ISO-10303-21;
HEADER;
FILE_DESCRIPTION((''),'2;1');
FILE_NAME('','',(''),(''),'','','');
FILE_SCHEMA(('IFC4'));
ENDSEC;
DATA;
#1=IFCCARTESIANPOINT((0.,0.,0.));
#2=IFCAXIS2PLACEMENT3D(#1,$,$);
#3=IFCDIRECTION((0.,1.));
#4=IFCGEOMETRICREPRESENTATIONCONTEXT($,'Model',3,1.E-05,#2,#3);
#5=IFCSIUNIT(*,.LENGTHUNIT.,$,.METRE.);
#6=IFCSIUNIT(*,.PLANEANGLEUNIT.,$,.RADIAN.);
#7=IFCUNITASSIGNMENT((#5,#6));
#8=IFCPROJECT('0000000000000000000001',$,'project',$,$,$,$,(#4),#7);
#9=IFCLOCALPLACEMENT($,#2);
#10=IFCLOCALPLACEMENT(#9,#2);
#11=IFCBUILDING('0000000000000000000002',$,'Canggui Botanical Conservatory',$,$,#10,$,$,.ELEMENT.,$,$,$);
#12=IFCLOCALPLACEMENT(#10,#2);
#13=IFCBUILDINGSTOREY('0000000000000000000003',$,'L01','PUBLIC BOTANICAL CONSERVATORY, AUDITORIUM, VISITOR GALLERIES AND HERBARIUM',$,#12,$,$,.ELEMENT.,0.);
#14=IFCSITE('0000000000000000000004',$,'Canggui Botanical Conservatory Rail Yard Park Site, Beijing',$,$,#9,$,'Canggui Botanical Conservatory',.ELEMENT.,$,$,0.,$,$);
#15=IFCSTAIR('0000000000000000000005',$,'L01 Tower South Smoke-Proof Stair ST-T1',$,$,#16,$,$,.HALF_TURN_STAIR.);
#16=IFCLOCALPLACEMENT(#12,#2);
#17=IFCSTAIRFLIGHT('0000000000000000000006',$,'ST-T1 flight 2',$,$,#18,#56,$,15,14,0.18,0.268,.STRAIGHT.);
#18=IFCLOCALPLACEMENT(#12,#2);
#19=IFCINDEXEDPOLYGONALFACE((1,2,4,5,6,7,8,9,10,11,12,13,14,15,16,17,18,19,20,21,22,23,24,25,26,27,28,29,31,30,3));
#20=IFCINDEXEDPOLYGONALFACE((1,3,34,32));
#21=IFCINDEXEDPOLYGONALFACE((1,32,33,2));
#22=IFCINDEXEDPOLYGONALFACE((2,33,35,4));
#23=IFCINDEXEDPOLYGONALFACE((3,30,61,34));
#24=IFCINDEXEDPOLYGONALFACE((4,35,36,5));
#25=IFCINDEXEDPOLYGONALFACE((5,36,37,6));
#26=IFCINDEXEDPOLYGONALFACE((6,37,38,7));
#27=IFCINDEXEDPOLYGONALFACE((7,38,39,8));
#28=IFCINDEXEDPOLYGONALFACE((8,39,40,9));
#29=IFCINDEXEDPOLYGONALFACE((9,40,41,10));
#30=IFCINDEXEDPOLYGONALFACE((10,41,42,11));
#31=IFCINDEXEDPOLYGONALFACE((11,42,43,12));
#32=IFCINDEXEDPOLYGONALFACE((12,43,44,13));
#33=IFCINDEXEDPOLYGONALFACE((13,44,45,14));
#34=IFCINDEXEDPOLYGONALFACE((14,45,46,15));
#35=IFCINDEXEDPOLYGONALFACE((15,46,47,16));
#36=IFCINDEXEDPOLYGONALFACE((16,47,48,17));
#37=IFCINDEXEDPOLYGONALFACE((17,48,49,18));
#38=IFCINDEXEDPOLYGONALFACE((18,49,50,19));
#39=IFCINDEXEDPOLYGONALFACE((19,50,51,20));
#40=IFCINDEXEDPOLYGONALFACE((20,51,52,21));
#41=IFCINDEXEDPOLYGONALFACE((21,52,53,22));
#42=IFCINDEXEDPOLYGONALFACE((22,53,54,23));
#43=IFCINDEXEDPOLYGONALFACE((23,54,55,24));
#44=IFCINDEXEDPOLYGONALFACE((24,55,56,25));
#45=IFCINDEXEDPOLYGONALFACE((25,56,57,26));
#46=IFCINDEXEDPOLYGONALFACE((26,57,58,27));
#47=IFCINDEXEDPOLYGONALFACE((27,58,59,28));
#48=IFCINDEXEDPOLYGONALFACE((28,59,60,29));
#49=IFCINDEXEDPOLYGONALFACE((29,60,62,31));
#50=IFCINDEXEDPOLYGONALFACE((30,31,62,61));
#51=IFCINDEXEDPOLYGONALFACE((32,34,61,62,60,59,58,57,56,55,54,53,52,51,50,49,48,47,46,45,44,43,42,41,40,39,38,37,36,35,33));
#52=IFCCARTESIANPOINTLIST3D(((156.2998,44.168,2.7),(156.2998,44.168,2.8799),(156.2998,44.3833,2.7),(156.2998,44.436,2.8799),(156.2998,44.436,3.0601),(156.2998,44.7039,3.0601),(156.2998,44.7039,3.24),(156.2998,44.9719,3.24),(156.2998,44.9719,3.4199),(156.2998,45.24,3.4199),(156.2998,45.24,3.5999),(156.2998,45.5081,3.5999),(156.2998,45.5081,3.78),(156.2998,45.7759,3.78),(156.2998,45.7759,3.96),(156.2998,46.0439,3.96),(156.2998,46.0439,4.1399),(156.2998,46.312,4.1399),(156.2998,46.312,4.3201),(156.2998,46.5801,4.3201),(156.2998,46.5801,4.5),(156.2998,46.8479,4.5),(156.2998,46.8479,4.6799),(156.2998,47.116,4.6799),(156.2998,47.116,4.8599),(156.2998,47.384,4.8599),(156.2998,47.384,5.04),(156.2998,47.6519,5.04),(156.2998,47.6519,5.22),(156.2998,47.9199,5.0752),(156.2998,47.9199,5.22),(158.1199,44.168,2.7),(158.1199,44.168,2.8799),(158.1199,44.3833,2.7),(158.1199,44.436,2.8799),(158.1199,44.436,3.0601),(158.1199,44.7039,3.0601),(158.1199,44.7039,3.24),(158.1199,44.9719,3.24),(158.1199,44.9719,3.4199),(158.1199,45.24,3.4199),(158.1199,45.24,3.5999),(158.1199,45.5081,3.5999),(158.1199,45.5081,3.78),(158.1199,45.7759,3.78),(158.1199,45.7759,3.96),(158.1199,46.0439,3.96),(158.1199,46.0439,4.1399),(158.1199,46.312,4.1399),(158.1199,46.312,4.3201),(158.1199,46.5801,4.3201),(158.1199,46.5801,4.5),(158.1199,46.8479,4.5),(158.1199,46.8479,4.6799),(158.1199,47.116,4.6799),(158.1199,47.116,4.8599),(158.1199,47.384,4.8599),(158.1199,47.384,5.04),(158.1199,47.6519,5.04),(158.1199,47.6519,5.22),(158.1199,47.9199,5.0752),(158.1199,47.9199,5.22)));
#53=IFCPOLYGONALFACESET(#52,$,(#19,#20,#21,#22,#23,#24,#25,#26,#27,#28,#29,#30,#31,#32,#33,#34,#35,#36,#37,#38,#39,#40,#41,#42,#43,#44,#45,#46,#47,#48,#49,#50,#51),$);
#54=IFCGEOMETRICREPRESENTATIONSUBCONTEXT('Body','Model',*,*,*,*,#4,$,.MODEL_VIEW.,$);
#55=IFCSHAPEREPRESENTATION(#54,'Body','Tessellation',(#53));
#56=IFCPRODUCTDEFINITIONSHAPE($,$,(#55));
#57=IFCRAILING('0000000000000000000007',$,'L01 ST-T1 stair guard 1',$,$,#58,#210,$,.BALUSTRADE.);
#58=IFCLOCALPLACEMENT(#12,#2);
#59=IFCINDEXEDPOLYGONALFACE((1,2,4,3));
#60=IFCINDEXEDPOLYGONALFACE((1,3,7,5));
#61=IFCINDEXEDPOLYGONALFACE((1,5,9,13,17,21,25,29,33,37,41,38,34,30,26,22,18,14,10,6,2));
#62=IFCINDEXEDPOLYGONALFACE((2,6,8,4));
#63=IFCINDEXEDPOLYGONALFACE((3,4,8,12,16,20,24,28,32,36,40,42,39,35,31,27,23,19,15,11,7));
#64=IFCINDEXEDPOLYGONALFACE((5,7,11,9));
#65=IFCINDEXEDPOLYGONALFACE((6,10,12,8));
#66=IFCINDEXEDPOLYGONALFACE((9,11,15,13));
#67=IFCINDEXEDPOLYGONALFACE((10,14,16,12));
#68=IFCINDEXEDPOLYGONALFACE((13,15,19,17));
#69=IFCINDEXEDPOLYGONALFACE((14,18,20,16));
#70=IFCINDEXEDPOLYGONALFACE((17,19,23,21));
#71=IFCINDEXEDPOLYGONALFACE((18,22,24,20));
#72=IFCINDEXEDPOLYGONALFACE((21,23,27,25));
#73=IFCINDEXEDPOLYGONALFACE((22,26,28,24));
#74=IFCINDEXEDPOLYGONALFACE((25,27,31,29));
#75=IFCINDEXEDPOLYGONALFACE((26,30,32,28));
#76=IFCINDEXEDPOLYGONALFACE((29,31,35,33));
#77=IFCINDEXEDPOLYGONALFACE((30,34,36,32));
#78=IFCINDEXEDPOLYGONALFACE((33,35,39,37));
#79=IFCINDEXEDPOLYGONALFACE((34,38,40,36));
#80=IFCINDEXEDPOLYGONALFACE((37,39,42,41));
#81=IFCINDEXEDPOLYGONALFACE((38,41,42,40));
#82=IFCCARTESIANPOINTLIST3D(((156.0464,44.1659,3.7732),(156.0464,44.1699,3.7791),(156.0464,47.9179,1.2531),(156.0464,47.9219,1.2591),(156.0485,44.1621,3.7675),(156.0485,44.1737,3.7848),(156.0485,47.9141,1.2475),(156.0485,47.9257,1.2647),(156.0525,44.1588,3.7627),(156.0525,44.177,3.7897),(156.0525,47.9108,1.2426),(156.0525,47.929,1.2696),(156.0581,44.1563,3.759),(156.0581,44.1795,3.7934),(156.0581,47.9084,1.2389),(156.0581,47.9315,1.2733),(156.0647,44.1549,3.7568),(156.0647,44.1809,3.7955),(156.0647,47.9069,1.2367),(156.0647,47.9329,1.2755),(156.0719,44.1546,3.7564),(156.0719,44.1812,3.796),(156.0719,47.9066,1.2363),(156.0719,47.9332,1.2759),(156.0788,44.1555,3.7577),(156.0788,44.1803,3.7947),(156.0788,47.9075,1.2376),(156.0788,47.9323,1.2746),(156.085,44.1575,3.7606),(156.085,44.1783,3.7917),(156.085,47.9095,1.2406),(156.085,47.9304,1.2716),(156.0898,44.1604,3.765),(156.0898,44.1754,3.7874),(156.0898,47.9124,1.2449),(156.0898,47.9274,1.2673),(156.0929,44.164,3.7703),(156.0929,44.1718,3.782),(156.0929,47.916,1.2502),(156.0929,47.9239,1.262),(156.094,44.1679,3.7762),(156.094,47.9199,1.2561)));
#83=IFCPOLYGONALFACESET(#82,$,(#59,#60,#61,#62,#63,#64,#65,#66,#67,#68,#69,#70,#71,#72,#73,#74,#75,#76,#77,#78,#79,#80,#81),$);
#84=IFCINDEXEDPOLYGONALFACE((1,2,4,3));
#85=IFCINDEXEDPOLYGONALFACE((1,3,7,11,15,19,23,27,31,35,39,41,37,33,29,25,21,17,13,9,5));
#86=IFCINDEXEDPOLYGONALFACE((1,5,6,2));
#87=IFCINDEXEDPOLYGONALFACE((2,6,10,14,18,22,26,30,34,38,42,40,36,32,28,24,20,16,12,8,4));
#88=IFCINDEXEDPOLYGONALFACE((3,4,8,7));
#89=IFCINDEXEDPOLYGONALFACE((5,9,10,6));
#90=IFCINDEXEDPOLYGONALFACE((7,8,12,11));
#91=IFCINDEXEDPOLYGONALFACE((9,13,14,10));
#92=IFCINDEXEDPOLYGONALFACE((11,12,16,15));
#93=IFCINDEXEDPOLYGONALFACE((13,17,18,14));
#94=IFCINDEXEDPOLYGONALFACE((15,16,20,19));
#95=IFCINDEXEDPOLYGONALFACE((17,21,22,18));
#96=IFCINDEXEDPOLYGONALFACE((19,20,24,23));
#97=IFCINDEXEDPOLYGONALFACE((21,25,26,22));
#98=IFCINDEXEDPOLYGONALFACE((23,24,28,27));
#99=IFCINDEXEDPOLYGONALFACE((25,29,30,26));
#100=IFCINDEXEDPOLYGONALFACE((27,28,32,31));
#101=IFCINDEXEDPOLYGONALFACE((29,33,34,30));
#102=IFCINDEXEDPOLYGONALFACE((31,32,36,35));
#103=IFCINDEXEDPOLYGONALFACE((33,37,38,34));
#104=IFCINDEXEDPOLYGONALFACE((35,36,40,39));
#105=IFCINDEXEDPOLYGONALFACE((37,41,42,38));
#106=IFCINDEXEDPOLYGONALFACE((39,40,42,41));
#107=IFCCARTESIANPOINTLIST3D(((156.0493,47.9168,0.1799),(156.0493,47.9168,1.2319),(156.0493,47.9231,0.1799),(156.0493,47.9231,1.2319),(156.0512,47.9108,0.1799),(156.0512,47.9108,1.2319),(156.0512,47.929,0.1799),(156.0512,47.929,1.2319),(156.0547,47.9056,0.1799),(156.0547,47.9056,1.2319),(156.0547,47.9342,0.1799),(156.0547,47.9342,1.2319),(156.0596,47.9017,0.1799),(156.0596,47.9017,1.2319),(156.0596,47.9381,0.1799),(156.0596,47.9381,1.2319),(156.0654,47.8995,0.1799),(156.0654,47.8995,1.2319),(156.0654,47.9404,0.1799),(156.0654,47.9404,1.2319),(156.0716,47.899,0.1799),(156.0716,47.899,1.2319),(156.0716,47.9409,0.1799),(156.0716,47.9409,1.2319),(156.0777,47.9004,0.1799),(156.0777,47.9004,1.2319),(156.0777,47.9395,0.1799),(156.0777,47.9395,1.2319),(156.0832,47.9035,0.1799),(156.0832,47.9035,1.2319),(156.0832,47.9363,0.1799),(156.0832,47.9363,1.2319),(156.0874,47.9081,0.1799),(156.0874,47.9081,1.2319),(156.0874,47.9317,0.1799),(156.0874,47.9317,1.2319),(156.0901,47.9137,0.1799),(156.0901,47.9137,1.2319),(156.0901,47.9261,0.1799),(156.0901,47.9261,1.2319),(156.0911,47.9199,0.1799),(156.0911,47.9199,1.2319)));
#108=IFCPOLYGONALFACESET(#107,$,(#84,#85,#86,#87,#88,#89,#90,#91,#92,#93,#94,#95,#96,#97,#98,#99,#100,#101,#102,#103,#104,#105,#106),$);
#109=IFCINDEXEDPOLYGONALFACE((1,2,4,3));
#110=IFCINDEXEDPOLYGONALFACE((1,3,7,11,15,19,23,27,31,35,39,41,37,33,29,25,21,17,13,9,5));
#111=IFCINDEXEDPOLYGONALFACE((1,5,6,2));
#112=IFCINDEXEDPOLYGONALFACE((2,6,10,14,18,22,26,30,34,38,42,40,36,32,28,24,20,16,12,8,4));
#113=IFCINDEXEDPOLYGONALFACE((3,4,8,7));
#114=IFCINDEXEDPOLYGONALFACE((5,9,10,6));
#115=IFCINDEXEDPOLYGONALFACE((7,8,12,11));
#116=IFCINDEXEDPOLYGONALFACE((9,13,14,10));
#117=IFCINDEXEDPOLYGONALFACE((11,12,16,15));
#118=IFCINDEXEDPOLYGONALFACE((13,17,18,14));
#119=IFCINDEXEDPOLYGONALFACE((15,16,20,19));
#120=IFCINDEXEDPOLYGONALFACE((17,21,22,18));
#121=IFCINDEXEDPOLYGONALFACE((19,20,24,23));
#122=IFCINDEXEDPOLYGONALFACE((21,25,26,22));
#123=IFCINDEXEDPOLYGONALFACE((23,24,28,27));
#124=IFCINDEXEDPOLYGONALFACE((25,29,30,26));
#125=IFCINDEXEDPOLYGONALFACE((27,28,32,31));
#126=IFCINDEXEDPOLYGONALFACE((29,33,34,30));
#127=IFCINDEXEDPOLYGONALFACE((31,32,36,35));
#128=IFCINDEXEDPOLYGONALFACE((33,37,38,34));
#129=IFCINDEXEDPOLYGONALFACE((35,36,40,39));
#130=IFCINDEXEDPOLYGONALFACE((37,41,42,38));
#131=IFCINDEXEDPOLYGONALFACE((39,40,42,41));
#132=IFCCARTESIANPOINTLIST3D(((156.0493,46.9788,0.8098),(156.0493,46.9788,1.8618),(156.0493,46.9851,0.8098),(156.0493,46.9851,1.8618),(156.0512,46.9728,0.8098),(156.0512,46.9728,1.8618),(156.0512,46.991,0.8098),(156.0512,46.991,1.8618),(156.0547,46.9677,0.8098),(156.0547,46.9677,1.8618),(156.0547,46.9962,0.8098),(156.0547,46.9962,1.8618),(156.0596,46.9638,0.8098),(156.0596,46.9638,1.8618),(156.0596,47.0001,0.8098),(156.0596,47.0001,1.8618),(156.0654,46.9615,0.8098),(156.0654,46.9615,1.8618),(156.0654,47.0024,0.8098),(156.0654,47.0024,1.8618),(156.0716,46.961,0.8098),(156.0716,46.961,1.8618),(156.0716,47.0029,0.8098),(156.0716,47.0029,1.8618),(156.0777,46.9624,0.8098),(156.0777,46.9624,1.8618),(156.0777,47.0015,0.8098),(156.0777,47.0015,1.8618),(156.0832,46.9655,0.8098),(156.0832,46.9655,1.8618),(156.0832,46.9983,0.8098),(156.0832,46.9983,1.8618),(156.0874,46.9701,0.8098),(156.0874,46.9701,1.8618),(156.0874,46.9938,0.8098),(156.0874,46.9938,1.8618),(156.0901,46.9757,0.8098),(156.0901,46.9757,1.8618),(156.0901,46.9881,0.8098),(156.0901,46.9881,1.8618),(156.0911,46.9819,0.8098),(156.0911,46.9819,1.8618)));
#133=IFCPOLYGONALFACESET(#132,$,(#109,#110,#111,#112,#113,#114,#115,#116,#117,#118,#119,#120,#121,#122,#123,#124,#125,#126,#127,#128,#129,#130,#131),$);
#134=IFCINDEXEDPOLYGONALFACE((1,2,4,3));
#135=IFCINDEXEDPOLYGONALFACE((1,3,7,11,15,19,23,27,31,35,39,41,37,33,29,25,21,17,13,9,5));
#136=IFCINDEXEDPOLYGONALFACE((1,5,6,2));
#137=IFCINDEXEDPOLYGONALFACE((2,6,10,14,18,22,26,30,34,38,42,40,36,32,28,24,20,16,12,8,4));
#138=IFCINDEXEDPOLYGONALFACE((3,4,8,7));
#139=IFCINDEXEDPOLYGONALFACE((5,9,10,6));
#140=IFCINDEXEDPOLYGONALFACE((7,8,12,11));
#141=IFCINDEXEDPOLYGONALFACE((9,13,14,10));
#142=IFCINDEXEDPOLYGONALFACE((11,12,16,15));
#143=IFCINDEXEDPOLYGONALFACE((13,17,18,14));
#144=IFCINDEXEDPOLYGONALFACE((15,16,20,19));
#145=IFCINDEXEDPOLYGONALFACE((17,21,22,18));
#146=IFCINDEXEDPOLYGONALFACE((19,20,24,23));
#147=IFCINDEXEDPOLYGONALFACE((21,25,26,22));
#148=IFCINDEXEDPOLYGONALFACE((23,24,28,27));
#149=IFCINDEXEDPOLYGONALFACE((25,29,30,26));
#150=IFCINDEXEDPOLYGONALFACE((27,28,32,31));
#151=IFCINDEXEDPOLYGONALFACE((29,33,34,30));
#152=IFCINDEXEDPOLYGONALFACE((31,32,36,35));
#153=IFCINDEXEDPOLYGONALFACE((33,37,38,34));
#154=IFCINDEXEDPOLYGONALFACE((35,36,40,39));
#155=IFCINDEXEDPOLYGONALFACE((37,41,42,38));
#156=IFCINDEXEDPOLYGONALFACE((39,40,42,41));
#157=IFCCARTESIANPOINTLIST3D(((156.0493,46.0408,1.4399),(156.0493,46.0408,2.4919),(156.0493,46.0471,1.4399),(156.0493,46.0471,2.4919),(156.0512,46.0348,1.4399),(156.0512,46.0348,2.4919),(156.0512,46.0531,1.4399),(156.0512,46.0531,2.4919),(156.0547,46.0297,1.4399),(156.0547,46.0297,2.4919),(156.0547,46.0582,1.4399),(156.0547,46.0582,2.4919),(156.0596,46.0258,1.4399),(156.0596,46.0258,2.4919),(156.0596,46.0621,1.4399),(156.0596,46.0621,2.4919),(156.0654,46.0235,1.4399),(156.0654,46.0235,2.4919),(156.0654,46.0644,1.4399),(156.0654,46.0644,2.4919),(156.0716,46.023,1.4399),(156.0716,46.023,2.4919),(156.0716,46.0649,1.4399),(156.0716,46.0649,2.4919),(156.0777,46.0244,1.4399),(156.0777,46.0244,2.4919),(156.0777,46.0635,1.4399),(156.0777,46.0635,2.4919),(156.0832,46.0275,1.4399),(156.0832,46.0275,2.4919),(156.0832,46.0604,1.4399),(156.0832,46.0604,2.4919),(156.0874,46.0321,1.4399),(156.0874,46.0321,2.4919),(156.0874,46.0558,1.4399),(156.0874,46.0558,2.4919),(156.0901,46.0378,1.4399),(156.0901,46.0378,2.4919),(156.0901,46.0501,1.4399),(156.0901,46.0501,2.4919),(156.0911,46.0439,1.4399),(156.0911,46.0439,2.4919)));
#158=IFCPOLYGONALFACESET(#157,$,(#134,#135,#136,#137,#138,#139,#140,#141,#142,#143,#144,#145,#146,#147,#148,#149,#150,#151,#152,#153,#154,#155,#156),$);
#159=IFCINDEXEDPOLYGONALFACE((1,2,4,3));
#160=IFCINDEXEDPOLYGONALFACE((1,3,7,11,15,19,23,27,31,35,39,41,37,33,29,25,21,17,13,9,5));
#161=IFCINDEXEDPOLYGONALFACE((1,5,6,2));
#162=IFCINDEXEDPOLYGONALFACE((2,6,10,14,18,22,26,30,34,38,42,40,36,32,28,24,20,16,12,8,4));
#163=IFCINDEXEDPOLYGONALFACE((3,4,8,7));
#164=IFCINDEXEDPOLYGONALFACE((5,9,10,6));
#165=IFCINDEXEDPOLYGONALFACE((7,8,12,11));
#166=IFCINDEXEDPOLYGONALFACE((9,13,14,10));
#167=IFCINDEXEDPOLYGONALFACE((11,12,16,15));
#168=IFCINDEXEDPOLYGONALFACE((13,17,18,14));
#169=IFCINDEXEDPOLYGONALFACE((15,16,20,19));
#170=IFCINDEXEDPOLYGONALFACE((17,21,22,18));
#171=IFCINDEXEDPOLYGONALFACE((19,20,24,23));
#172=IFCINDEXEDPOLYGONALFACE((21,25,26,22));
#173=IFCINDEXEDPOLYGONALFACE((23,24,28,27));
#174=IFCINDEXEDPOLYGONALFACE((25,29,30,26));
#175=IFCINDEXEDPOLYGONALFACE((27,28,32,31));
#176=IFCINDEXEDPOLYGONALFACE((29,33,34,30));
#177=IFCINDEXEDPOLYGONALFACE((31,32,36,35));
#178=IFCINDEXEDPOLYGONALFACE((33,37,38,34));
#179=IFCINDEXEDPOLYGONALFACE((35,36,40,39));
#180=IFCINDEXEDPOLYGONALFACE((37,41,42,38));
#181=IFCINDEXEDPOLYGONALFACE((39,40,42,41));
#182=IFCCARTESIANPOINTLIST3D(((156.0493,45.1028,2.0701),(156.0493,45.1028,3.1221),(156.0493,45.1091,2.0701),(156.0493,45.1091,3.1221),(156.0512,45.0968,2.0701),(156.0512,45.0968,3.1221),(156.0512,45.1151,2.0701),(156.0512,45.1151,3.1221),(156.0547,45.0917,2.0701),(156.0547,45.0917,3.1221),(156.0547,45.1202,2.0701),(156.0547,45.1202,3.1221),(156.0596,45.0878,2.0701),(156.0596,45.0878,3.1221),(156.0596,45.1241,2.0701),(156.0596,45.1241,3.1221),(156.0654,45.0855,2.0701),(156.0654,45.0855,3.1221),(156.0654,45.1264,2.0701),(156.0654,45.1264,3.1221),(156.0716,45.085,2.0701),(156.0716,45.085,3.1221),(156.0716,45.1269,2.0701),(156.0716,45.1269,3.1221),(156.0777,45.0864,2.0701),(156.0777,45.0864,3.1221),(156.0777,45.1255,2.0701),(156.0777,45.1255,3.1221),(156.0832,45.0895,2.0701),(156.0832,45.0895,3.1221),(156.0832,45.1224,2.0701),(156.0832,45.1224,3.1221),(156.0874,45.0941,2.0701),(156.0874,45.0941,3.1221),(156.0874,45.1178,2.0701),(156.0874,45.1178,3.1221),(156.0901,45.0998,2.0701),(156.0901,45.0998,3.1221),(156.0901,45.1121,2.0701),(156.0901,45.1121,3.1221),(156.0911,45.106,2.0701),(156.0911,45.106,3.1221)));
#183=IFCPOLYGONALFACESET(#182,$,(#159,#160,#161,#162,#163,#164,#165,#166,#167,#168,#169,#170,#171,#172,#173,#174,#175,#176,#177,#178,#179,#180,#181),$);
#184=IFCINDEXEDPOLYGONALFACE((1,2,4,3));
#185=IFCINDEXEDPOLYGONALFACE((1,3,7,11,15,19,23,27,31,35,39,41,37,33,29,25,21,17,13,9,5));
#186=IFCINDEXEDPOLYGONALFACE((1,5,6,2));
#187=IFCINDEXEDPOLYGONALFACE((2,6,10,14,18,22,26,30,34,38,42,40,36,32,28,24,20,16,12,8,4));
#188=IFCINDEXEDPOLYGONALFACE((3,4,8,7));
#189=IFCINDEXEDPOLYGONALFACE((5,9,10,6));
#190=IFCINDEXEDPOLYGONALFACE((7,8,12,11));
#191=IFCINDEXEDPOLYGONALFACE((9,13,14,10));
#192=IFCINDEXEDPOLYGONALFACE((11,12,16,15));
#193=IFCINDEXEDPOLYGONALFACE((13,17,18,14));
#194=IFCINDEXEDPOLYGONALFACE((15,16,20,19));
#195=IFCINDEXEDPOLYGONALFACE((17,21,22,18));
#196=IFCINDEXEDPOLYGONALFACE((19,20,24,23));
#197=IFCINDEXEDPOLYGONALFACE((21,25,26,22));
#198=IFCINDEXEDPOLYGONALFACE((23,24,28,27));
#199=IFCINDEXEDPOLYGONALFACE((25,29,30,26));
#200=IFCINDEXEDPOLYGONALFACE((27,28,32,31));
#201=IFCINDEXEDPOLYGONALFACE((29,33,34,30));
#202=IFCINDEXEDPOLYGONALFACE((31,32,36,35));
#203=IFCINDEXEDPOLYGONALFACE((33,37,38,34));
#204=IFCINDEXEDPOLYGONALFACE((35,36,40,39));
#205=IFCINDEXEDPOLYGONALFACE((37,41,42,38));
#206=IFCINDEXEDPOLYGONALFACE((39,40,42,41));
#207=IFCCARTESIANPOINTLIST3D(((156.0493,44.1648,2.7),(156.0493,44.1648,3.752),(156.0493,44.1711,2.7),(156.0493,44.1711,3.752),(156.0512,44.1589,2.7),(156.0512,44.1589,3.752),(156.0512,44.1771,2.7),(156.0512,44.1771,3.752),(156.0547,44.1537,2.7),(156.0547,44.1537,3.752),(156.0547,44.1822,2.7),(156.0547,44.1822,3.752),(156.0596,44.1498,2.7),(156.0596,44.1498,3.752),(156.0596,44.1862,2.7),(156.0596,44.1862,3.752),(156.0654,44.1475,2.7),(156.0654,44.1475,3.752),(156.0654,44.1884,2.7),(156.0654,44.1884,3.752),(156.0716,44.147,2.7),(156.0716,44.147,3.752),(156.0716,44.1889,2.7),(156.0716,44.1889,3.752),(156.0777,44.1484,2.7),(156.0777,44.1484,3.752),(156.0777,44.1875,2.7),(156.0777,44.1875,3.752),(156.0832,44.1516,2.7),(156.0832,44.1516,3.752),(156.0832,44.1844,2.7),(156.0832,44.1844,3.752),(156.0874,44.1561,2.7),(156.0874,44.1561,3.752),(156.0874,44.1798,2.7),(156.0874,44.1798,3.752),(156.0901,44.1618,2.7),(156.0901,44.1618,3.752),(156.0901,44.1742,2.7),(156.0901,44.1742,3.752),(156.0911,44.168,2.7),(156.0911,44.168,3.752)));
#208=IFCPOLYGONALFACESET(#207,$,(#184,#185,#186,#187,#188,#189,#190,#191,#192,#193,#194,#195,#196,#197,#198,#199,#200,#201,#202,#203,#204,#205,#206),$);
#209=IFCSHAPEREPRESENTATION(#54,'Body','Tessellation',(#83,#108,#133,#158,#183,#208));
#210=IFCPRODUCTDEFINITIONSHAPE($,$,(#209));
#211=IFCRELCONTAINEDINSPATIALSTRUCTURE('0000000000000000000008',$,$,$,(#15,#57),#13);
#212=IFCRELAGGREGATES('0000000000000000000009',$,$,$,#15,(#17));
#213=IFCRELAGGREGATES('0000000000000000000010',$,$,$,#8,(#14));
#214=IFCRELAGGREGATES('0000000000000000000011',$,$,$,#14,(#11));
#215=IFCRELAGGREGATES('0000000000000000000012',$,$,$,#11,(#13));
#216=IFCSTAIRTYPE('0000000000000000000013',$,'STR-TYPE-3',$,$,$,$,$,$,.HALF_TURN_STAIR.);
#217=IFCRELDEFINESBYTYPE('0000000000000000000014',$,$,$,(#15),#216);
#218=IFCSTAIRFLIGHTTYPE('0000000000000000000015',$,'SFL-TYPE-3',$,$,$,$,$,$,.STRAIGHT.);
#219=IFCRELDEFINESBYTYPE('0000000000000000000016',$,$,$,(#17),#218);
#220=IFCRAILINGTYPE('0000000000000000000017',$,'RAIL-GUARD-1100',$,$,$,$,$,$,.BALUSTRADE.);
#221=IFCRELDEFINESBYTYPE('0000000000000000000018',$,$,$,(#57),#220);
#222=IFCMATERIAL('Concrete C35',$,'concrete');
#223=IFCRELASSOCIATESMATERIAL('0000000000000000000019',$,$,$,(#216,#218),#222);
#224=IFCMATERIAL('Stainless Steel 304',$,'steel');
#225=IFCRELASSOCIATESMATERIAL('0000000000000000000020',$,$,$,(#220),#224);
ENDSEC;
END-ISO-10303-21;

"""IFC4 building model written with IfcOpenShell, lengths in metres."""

from ifc_helpers import new_model, si_unit, direction, frame, origin, origin_2d, place, context, subcontext, project, spatial, polyline, circle, outline, extrude, material, type_object, element, aggregate, save


model = new_model("IFC4")

# Units and contexts
model_context = context("Model", 3, precision=1e-05, world=origin(), true_north=direction((0.0, 1.0)))
body_context = subcontext(model_context, "Body", "Model", "MODEL_VIEW")
ifc_project = project(units=[si_unit("LENGTHUNIT", "METRE"), si_unit("PLANEANGLEUNIT", "RADIAN")], contexts=[model_context])

# Site, building, storey
site_placement = place(None, origin())
site = spatial("IfcSite", under=ifc_project, at=site_placement, Name="Canggui Botanical Conservatory Rail Yard Park Site, Beijing", LongName="Canggui Botanical Conservatory", CompositionType="ELEMENT", RefElevation=0.0)
building_placement = place(site_placement, origin())
building = spatial("IfcBuilding", under=site, at=building_placement, Name="Canggui Botanical Conservatory", CompositionType="ELEMENT")
storey_placement = place(building_placement, origin())
storey = spatial("IfcBuildingStorey", under=building, at=storey_placement, Name="L01", Description="PUBLIC BOTANICAL CONSERVATORY, AUDITORIUM, VISITOR GALLERIES AND HERBARIUM", CompositionType="ELEMENT", Elevation=0.0)

# Shared definitions
ifc_material_1 = material(Name="Concrete C35", Category="concrete")

# Stair, stair flight
stair_type = type_object("IfcStairType", Name="STR-TYPE-3", PredefinedType="HALF_TURN_STAIR", material=ifc_material_1)
stair_placement = place(storey_placement, origin())
stair = element("IfcStair", 1, at=stair_placement, inside=storey, type_object=stair_type, Name="L01 Tower South Smoke-Proof Stair ST-T1", PredefinedType="HALF_TURN_STAIR")
stair_flight_type = type_object("IfcStairFlightType", Name="SFL-TYPE-3", PredefinedType="STRAIGHT", material=ifc_material_1)
stair_flight_1_placement = place(storey_placement, frame((157.21, 44.168, 2.7), z_axis=(0.0, 0.0, 1.0), x_axis=(0.0, 1.0, 0.0)))
stair_flight_1 = element("IfcStairFlight", 2, at=stair_flight_1_placement, type_object=stair_flight_type, Name="ST-T1 flight 2", NumberOfRisers=15, NumberOfTreads=14, PredefinedType="STRAIGHT", RiserHeight=0.18, TreadLength=0.268, context=body_context, shape_type="SweptSolid", body=[
    extrude(outline(polyline([(0.0, 0.0), (0.0, 0.1799), (0.2681, 0.1799), (0.2681, 0.3601), (0.5359, 0.3601), (0.5359, 0.54), (0.804, 0.54), (0.804, 0.72), (1.072, 0.72), (1.072, 0.8999), (1.3401, 0.8999), (1.3401, 1.0801), (1.6079, 1.0801), (1.6079, 1.26), (1.876, 1.26), (1.876, 1.4399), (2.144, 1.4399), (2.144, 1.6201), (2.4121, 1.6201), (2.4121, 1.8), (2.6799, 1.8), (2.6799, 1.98), (2.948, 1.98), (2.948, 2.1599), (3.2161, 2.1599), (3.2161, 2.3401), (3.4839, 2.3401), (3.4839, 2.52), (3.752, 2.52), (3.752, 2.7), (3.752, 2.3752), (0.2153, 0.0), (0.0, 0.0)])), frame((0.0, 0.9102, 0.0), z_axis=(0.0, -1.0, 0.0), x_axis=(1.0, 0.0, 0.0)), (0.0, 0.0, 1.0), 1.8201),
])
aggregate(stair, [stair_flight_1])

# Railing
ifc_material_2 = material(Name="Stainless Steel 304", Category="steel")
railing_type_1 = type_object("IfcRailingType", Name="RAIL-GUARD-1100", PredefinedType="BALUSTRADE", material=ifc_material_2)
railing_1_placement = place(storey_placement, frame((156.0701, 47.9199, 0.1799)))
element("IfcRailing", 3, at=railing_1_placement, inside=storey, type_object=railing_type_1, Name="L01 ST-T1 stair guard 1", PredefinedType="BALUSTRADE", context=body_context, shape_type="SweptSolid", body=[
    extrude(circle(Radius=0.0239, at=origin_2d()), frame((0.0, 0.0, 1.0762), z_axis=(0.0, -0.830134, 0.557564), x_axis=(1.0, 0.0, 0.0)), (0.0, 0.0, 1.0), 4.5198),
    extrude(circle(Radius=0.021, at=origin_2d()), origin(), (0.0, 0.0, 1.0), 1.052),
    extrude(circle(Radius=0.021, at=origin_2d()), frame((0.0, -0.938, 0.6299)), (0.0, 0.0, 1.0), 1.052),
    extrude(circle(Radius=0.021, at=origin_2d()), frame((0.0, -1.876, 1.26)), (0.0, 0.0, 1.0), 1.052),
    extrude(circle(Radius=0.021, at=origin_2d()), frame((0.0, -2.814, 1.8901)), (0.0, 0.0, 1.0), 1.052),
    extrude(circle(Radius=0.021, at=origin_2d()), frame((0.0, -3.752, 2.52)), (0.0, 0.0, 1.0), 1.052),
])

save(model, "model.ifc")
